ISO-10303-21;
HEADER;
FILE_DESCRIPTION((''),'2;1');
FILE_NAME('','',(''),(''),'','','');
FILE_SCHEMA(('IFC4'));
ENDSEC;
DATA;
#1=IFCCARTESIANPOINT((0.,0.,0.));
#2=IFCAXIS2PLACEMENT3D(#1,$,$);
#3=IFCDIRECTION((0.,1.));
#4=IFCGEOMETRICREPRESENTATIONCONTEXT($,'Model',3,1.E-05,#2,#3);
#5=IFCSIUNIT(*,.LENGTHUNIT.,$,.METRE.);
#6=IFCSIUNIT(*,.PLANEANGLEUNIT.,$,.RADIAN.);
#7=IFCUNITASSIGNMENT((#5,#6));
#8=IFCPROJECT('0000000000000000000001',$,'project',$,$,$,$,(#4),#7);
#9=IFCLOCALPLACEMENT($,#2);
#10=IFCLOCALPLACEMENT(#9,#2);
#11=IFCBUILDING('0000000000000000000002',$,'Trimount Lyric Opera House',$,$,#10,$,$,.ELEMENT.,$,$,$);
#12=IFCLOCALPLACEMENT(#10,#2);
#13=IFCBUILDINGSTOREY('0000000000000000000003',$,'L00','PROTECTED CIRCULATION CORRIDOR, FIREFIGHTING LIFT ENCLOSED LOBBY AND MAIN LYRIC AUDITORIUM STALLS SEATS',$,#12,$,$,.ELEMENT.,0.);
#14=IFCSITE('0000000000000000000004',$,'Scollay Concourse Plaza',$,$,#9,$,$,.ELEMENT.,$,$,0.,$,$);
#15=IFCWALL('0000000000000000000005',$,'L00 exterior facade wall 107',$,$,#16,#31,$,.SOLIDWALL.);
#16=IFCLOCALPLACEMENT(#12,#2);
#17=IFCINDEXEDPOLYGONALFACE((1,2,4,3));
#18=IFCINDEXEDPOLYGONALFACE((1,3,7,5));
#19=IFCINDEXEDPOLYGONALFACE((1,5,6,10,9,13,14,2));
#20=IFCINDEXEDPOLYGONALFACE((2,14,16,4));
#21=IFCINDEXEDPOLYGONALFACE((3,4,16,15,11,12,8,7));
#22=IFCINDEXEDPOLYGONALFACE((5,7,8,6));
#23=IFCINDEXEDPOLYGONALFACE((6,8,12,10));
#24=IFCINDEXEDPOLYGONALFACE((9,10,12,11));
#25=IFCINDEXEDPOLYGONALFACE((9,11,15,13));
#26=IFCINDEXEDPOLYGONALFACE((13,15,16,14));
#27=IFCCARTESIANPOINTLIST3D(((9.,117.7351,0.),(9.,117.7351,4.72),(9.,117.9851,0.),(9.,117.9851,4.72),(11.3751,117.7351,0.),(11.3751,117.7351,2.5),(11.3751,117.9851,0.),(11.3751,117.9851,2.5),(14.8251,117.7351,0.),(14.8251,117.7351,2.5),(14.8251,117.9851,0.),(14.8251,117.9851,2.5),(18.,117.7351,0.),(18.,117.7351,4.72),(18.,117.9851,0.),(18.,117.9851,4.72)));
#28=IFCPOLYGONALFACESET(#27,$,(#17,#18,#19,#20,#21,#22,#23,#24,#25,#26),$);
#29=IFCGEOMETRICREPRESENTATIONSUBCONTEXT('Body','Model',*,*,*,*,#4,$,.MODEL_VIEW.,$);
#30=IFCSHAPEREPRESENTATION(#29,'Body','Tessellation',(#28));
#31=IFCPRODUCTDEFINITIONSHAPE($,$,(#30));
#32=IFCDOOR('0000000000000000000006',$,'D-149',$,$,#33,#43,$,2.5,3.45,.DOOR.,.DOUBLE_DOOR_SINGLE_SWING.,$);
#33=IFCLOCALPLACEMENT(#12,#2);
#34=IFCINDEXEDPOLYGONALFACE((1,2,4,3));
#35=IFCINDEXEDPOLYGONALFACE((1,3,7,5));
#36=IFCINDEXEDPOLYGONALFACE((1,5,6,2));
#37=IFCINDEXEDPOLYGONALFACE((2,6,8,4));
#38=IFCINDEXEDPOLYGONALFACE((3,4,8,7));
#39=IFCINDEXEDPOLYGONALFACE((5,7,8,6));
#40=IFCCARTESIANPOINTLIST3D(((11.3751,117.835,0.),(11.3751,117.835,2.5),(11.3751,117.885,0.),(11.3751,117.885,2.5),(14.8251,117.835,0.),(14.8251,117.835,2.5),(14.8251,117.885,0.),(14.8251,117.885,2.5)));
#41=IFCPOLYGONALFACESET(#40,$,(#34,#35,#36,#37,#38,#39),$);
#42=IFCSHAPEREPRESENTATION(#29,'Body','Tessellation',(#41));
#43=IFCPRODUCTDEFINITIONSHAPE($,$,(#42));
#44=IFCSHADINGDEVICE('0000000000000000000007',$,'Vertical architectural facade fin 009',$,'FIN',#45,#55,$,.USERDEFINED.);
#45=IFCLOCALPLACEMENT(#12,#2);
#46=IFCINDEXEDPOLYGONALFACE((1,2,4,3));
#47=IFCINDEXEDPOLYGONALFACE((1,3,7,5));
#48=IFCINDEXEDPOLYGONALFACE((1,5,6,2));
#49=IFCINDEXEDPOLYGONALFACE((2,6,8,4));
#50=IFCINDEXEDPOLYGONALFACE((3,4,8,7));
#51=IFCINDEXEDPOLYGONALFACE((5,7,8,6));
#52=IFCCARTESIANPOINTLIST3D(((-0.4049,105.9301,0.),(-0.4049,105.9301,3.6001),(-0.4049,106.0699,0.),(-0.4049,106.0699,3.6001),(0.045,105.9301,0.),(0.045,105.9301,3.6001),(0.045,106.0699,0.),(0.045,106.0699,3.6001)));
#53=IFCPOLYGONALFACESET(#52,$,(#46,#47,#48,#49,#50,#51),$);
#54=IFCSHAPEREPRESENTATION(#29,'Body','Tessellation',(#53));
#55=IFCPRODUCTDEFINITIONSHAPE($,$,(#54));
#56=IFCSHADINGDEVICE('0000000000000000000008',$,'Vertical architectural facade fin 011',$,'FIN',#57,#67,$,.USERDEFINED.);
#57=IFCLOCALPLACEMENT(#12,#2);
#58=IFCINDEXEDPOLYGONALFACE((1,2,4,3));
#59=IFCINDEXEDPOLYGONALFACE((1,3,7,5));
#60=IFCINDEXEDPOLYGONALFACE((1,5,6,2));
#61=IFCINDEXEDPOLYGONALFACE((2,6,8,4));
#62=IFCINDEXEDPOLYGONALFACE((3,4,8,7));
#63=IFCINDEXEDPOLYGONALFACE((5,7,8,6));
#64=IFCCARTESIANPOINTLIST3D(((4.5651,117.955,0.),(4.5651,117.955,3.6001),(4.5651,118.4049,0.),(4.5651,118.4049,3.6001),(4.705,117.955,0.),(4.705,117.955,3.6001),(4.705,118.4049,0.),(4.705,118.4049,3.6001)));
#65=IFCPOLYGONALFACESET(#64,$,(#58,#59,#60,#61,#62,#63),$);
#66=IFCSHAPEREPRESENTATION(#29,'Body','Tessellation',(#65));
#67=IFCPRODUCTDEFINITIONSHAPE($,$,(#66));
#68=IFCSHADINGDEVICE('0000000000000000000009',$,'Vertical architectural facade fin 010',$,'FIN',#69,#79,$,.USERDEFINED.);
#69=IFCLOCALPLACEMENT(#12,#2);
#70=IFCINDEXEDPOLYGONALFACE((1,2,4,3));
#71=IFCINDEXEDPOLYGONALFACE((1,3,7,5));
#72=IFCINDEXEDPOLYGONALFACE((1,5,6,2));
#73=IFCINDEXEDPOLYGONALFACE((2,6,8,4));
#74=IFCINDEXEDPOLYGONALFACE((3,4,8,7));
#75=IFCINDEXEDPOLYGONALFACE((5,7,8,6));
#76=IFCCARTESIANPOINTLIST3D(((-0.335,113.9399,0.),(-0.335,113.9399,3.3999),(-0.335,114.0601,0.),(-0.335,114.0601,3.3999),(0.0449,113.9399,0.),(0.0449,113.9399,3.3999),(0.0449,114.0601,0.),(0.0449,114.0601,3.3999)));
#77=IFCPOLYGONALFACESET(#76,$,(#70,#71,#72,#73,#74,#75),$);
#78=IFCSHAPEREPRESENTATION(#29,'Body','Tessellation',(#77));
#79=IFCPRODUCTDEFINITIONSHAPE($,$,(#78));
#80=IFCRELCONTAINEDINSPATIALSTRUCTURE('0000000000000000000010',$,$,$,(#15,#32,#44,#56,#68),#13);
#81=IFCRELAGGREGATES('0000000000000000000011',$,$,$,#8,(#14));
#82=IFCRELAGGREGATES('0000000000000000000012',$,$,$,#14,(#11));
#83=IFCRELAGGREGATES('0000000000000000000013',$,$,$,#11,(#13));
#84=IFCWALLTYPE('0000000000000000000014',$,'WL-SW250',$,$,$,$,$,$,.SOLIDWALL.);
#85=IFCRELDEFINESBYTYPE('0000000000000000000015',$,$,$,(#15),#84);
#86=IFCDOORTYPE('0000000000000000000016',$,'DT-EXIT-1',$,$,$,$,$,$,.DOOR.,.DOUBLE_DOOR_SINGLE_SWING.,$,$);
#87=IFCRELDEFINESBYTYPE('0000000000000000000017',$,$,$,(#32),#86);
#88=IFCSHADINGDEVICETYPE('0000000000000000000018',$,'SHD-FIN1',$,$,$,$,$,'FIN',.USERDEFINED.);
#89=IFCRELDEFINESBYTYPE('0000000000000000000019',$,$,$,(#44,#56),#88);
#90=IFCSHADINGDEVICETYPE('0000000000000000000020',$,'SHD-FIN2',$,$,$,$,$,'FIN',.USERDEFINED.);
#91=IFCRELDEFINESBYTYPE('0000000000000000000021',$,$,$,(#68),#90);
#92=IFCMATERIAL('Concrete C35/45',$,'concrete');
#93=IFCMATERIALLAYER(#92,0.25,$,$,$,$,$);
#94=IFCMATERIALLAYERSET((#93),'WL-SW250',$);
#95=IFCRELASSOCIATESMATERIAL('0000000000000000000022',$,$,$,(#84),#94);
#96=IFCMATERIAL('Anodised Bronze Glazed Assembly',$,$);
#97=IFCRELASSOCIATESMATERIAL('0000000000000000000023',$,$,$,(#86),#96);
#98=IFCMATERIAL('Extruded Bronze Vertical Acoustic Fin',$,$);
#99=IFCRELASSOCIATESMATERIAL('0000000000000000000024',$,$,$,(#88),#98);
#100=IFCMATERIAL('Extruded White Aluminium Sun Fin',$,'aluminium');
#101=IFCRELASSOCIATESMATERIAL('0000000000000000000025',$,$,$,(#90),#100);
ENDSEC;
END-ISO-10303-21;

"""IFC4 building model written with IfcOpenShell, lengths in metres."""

from ifc_helpers import new_model, si_unit, direction, frame, frame_2d, origin, origin_2d, place, context, subcontext, project, spatial, rectangle, extrude, material, layer, layer_set, type_object, element, fill, save


model = new_model("IFC4")

# Units and contexts
model_context = context("Model", 3, precision=1e-05, world=origin(), true_north=direction((0.0, 1.0)))
body_context = subcontext(model_context, "Body", "Model", "MODEL_VIEW")
ifc_project = project(units=[si_unit("LENGTHUNIT", "METRE"), si_unit("PLANEANGLEUNIT", "RADIAN")], contexts=[model_context])

# Site, building, storey
site_placement = place(None, origin())
site = spatial("IfcSite", under=ifc_project, at=site_placement, Name="Scollay Concourse Plaza", CompositionType="ELEMENT", RefElevation=0.0)
building_placement = place(site_placement, origin())
building = spatial("IfcBuilding", under=site, at=building_placement, Name="Trimount Lyric Opera House", CompositionType="ELEMENT")
storey_placement = place(building_placement, origin())
storey = spatial("IfcBuildingStorey", under=building, at=storey_placement, Name="L00", Description="PROTECTED CIRCULATION CORRIDOR, FIREFIGHTING LIFT ENCLOSED LOBBY AND MAIN LYRIC AUDITORIUM STALLS SEATS", CompositionType="ELEMENT", Elevation=0.0)

# Shared definitions
ifc_material_1 = material(Name="Concrete C35/45", Category="concrete")
ifc_layer = layer(ifc_material_1, 0.25)
ifc_layer_set = layer_set([ifc_layer], Name="WL-SW250")
wall_type = type_object("IfcWallType", Name="WL-SW250", PredefinedType="SOLIDWALL", material=ifc_layer_set)

# Wall, opening, door
wall_1_placement = place(storey_placement, frame((9.0, 117.8601, 0.0), z_axis=(0.0, 0.0, 1.0), x_axis=(1.0, 0.0, 0.0)))
wall_1 = element("IfcWall", 1, at=wall_1_placement, inside=storey, type_object=wall_type, Name="L00 exterior facade wall 107", PredefinedType="SOLIDWALL", context=body_context, shape_type="SweptSolid", body=[
    extrude(rectangle(XDim=9.0, YDim=0.25, at=frame_2d((4.5, 0.0))), origin(), (0.0, 0.0, 1.0), 4.72),
])
opening_1_placement = place(wall_1_placement, frame((2.375, 0.0, 0.0)))
opening_1 = element("IfcOpeningElement", 2, at=opening_1_placement, cuts=wall_1, PredefinedType="OPENING", context=body_context, shape_type="SweptSolid", body=[
    extrude(rectangle(XDim=3.45, YDim=2.5, at=frame_2d((1.7251, 1.25))), frame((0.0, 0.135, 0.0), z_axis=(0.0, -1.0, 0.0), x_axis=(1.0, 0.0, 0.0)), (0.0, 0.0, 1.0), 0.27),
])
ifc_material_2 = material(Name="Anodised Bronze Glazed Assembly")
door_type_1 = type_object("IfcDoorType", Name="DT-EXIT-1", OperationType="DOUBLE_DOOR_SINGLE_SWING", PredefinedType="DOOR", material=ifc_material_2)
door_1_placement = place(opening_1_placement, origin())
door_1 = element("IfcDoor", 3, at=door_1_placement, inside=storey, type_object=door_type_1, Name="D-149", OperationType="DOUBLE_DOOR_SINGLE_SWING", OverallHeight=2.5, OverallWidth=3.45, PredefinedType="DOOR", context=body_context, shape_type="SweptSolid", body=[
    extrude(rectangle(XDim=3.45, YDim=2.5, at=frame_2d((1.7251, 1.25))), frame((0.0, 0.0249, 0.0), z_axis=(0.0, -1.0, 0.0), x_axis=(1.0, 0.0, 0.0)), (0.0, 0.0, 1.0), 0.05),
])
fill(opening_1, door_1)

# Shading devices
ifc_material_3 = material(Name="Extruded Bronze Vertical Acoustic Fin")
shading_device_type_1 = type_object("IfcShadingDeviceType", Name="SHD-FIN1", ElementType="FIN", PredefinedType="USERDEFINED", material=ifc_material_3)
shading_device_1_placement = place(storey_placement, frame((-0.1799, 106.0, 0.0), z_axis=(0.0, 0.0, 1.0), x_axis=(1.0, 0.0, 0.0)))
element("IfcShadingDevice", 4, at=shading_device_1_placement, inside=storey, type_object=shading_device_type_1, Name="Vertical architectural facade fin 009", ObjectType="FIN", PredefinedType="USERDEFINED", context=body_context, shape_type="SweptSolid", body=[
    extrude(rectangle(XDim=0.45, YDim=0.1399, at=origin_2d()), origin(), (0.0, 0.0, 1.0), 3.6001),
])
shading_device_2_placement = place(storey_placement, frame((4.635, 118.1799, 0.0), z_axis=(0.0, 0.0, 1.0), x_axis=(1.0, 0.0, 0.0)))
element("IfcShadingDevice", 5, at=shading_device_2_placement, inside=storey, type_object=shading_device_type_1, Name="Vertical architectural facade fin 011", ObjectType="FIN", PredefinedType="USERDEFINED", context=body_context, shape_type="SweptSolid", body=[
    extrude(rectangle(XDim=0.1399, YDim=0.45, at=origin_2d()), origin(), (0.0, 0.0, 1.0), 3.6001),
])
ifc_material_4 = material(Name="Extruded White Aluminium Sun Fin", Category="aluminium")
shading_device_type_2 = type_object("IfcShadingDeviceType", Name="SHD-FIN2", ElementType="FIN", PredefinedType="USERDEFINED", material=ifc_material_4)
shading_device_3_placement = place(storey_placement, frame((-0.145, 114.0, 0.0), z_axis=(0.0, 0.0, 1.0), x_axis=(1.0, 0.0, 0.0)))
element("IfcShadingDevice", 6, at=shading_device_3_placement, inside=storey, type_object=shading_device_type_2, Name="Vertical architectural facade fin 010", ObjectType="FIN", PredefinedType="USERDEFINED", context=body_context, shape_type="SweptSolid", body=[
    extrude(rectangle(XDim=0.3799, YDim=0.1201, at=origin_2d()), origin(), (0.0, 0.0, 1.0), 3.3999),
])

save(model, "model.ifc")
